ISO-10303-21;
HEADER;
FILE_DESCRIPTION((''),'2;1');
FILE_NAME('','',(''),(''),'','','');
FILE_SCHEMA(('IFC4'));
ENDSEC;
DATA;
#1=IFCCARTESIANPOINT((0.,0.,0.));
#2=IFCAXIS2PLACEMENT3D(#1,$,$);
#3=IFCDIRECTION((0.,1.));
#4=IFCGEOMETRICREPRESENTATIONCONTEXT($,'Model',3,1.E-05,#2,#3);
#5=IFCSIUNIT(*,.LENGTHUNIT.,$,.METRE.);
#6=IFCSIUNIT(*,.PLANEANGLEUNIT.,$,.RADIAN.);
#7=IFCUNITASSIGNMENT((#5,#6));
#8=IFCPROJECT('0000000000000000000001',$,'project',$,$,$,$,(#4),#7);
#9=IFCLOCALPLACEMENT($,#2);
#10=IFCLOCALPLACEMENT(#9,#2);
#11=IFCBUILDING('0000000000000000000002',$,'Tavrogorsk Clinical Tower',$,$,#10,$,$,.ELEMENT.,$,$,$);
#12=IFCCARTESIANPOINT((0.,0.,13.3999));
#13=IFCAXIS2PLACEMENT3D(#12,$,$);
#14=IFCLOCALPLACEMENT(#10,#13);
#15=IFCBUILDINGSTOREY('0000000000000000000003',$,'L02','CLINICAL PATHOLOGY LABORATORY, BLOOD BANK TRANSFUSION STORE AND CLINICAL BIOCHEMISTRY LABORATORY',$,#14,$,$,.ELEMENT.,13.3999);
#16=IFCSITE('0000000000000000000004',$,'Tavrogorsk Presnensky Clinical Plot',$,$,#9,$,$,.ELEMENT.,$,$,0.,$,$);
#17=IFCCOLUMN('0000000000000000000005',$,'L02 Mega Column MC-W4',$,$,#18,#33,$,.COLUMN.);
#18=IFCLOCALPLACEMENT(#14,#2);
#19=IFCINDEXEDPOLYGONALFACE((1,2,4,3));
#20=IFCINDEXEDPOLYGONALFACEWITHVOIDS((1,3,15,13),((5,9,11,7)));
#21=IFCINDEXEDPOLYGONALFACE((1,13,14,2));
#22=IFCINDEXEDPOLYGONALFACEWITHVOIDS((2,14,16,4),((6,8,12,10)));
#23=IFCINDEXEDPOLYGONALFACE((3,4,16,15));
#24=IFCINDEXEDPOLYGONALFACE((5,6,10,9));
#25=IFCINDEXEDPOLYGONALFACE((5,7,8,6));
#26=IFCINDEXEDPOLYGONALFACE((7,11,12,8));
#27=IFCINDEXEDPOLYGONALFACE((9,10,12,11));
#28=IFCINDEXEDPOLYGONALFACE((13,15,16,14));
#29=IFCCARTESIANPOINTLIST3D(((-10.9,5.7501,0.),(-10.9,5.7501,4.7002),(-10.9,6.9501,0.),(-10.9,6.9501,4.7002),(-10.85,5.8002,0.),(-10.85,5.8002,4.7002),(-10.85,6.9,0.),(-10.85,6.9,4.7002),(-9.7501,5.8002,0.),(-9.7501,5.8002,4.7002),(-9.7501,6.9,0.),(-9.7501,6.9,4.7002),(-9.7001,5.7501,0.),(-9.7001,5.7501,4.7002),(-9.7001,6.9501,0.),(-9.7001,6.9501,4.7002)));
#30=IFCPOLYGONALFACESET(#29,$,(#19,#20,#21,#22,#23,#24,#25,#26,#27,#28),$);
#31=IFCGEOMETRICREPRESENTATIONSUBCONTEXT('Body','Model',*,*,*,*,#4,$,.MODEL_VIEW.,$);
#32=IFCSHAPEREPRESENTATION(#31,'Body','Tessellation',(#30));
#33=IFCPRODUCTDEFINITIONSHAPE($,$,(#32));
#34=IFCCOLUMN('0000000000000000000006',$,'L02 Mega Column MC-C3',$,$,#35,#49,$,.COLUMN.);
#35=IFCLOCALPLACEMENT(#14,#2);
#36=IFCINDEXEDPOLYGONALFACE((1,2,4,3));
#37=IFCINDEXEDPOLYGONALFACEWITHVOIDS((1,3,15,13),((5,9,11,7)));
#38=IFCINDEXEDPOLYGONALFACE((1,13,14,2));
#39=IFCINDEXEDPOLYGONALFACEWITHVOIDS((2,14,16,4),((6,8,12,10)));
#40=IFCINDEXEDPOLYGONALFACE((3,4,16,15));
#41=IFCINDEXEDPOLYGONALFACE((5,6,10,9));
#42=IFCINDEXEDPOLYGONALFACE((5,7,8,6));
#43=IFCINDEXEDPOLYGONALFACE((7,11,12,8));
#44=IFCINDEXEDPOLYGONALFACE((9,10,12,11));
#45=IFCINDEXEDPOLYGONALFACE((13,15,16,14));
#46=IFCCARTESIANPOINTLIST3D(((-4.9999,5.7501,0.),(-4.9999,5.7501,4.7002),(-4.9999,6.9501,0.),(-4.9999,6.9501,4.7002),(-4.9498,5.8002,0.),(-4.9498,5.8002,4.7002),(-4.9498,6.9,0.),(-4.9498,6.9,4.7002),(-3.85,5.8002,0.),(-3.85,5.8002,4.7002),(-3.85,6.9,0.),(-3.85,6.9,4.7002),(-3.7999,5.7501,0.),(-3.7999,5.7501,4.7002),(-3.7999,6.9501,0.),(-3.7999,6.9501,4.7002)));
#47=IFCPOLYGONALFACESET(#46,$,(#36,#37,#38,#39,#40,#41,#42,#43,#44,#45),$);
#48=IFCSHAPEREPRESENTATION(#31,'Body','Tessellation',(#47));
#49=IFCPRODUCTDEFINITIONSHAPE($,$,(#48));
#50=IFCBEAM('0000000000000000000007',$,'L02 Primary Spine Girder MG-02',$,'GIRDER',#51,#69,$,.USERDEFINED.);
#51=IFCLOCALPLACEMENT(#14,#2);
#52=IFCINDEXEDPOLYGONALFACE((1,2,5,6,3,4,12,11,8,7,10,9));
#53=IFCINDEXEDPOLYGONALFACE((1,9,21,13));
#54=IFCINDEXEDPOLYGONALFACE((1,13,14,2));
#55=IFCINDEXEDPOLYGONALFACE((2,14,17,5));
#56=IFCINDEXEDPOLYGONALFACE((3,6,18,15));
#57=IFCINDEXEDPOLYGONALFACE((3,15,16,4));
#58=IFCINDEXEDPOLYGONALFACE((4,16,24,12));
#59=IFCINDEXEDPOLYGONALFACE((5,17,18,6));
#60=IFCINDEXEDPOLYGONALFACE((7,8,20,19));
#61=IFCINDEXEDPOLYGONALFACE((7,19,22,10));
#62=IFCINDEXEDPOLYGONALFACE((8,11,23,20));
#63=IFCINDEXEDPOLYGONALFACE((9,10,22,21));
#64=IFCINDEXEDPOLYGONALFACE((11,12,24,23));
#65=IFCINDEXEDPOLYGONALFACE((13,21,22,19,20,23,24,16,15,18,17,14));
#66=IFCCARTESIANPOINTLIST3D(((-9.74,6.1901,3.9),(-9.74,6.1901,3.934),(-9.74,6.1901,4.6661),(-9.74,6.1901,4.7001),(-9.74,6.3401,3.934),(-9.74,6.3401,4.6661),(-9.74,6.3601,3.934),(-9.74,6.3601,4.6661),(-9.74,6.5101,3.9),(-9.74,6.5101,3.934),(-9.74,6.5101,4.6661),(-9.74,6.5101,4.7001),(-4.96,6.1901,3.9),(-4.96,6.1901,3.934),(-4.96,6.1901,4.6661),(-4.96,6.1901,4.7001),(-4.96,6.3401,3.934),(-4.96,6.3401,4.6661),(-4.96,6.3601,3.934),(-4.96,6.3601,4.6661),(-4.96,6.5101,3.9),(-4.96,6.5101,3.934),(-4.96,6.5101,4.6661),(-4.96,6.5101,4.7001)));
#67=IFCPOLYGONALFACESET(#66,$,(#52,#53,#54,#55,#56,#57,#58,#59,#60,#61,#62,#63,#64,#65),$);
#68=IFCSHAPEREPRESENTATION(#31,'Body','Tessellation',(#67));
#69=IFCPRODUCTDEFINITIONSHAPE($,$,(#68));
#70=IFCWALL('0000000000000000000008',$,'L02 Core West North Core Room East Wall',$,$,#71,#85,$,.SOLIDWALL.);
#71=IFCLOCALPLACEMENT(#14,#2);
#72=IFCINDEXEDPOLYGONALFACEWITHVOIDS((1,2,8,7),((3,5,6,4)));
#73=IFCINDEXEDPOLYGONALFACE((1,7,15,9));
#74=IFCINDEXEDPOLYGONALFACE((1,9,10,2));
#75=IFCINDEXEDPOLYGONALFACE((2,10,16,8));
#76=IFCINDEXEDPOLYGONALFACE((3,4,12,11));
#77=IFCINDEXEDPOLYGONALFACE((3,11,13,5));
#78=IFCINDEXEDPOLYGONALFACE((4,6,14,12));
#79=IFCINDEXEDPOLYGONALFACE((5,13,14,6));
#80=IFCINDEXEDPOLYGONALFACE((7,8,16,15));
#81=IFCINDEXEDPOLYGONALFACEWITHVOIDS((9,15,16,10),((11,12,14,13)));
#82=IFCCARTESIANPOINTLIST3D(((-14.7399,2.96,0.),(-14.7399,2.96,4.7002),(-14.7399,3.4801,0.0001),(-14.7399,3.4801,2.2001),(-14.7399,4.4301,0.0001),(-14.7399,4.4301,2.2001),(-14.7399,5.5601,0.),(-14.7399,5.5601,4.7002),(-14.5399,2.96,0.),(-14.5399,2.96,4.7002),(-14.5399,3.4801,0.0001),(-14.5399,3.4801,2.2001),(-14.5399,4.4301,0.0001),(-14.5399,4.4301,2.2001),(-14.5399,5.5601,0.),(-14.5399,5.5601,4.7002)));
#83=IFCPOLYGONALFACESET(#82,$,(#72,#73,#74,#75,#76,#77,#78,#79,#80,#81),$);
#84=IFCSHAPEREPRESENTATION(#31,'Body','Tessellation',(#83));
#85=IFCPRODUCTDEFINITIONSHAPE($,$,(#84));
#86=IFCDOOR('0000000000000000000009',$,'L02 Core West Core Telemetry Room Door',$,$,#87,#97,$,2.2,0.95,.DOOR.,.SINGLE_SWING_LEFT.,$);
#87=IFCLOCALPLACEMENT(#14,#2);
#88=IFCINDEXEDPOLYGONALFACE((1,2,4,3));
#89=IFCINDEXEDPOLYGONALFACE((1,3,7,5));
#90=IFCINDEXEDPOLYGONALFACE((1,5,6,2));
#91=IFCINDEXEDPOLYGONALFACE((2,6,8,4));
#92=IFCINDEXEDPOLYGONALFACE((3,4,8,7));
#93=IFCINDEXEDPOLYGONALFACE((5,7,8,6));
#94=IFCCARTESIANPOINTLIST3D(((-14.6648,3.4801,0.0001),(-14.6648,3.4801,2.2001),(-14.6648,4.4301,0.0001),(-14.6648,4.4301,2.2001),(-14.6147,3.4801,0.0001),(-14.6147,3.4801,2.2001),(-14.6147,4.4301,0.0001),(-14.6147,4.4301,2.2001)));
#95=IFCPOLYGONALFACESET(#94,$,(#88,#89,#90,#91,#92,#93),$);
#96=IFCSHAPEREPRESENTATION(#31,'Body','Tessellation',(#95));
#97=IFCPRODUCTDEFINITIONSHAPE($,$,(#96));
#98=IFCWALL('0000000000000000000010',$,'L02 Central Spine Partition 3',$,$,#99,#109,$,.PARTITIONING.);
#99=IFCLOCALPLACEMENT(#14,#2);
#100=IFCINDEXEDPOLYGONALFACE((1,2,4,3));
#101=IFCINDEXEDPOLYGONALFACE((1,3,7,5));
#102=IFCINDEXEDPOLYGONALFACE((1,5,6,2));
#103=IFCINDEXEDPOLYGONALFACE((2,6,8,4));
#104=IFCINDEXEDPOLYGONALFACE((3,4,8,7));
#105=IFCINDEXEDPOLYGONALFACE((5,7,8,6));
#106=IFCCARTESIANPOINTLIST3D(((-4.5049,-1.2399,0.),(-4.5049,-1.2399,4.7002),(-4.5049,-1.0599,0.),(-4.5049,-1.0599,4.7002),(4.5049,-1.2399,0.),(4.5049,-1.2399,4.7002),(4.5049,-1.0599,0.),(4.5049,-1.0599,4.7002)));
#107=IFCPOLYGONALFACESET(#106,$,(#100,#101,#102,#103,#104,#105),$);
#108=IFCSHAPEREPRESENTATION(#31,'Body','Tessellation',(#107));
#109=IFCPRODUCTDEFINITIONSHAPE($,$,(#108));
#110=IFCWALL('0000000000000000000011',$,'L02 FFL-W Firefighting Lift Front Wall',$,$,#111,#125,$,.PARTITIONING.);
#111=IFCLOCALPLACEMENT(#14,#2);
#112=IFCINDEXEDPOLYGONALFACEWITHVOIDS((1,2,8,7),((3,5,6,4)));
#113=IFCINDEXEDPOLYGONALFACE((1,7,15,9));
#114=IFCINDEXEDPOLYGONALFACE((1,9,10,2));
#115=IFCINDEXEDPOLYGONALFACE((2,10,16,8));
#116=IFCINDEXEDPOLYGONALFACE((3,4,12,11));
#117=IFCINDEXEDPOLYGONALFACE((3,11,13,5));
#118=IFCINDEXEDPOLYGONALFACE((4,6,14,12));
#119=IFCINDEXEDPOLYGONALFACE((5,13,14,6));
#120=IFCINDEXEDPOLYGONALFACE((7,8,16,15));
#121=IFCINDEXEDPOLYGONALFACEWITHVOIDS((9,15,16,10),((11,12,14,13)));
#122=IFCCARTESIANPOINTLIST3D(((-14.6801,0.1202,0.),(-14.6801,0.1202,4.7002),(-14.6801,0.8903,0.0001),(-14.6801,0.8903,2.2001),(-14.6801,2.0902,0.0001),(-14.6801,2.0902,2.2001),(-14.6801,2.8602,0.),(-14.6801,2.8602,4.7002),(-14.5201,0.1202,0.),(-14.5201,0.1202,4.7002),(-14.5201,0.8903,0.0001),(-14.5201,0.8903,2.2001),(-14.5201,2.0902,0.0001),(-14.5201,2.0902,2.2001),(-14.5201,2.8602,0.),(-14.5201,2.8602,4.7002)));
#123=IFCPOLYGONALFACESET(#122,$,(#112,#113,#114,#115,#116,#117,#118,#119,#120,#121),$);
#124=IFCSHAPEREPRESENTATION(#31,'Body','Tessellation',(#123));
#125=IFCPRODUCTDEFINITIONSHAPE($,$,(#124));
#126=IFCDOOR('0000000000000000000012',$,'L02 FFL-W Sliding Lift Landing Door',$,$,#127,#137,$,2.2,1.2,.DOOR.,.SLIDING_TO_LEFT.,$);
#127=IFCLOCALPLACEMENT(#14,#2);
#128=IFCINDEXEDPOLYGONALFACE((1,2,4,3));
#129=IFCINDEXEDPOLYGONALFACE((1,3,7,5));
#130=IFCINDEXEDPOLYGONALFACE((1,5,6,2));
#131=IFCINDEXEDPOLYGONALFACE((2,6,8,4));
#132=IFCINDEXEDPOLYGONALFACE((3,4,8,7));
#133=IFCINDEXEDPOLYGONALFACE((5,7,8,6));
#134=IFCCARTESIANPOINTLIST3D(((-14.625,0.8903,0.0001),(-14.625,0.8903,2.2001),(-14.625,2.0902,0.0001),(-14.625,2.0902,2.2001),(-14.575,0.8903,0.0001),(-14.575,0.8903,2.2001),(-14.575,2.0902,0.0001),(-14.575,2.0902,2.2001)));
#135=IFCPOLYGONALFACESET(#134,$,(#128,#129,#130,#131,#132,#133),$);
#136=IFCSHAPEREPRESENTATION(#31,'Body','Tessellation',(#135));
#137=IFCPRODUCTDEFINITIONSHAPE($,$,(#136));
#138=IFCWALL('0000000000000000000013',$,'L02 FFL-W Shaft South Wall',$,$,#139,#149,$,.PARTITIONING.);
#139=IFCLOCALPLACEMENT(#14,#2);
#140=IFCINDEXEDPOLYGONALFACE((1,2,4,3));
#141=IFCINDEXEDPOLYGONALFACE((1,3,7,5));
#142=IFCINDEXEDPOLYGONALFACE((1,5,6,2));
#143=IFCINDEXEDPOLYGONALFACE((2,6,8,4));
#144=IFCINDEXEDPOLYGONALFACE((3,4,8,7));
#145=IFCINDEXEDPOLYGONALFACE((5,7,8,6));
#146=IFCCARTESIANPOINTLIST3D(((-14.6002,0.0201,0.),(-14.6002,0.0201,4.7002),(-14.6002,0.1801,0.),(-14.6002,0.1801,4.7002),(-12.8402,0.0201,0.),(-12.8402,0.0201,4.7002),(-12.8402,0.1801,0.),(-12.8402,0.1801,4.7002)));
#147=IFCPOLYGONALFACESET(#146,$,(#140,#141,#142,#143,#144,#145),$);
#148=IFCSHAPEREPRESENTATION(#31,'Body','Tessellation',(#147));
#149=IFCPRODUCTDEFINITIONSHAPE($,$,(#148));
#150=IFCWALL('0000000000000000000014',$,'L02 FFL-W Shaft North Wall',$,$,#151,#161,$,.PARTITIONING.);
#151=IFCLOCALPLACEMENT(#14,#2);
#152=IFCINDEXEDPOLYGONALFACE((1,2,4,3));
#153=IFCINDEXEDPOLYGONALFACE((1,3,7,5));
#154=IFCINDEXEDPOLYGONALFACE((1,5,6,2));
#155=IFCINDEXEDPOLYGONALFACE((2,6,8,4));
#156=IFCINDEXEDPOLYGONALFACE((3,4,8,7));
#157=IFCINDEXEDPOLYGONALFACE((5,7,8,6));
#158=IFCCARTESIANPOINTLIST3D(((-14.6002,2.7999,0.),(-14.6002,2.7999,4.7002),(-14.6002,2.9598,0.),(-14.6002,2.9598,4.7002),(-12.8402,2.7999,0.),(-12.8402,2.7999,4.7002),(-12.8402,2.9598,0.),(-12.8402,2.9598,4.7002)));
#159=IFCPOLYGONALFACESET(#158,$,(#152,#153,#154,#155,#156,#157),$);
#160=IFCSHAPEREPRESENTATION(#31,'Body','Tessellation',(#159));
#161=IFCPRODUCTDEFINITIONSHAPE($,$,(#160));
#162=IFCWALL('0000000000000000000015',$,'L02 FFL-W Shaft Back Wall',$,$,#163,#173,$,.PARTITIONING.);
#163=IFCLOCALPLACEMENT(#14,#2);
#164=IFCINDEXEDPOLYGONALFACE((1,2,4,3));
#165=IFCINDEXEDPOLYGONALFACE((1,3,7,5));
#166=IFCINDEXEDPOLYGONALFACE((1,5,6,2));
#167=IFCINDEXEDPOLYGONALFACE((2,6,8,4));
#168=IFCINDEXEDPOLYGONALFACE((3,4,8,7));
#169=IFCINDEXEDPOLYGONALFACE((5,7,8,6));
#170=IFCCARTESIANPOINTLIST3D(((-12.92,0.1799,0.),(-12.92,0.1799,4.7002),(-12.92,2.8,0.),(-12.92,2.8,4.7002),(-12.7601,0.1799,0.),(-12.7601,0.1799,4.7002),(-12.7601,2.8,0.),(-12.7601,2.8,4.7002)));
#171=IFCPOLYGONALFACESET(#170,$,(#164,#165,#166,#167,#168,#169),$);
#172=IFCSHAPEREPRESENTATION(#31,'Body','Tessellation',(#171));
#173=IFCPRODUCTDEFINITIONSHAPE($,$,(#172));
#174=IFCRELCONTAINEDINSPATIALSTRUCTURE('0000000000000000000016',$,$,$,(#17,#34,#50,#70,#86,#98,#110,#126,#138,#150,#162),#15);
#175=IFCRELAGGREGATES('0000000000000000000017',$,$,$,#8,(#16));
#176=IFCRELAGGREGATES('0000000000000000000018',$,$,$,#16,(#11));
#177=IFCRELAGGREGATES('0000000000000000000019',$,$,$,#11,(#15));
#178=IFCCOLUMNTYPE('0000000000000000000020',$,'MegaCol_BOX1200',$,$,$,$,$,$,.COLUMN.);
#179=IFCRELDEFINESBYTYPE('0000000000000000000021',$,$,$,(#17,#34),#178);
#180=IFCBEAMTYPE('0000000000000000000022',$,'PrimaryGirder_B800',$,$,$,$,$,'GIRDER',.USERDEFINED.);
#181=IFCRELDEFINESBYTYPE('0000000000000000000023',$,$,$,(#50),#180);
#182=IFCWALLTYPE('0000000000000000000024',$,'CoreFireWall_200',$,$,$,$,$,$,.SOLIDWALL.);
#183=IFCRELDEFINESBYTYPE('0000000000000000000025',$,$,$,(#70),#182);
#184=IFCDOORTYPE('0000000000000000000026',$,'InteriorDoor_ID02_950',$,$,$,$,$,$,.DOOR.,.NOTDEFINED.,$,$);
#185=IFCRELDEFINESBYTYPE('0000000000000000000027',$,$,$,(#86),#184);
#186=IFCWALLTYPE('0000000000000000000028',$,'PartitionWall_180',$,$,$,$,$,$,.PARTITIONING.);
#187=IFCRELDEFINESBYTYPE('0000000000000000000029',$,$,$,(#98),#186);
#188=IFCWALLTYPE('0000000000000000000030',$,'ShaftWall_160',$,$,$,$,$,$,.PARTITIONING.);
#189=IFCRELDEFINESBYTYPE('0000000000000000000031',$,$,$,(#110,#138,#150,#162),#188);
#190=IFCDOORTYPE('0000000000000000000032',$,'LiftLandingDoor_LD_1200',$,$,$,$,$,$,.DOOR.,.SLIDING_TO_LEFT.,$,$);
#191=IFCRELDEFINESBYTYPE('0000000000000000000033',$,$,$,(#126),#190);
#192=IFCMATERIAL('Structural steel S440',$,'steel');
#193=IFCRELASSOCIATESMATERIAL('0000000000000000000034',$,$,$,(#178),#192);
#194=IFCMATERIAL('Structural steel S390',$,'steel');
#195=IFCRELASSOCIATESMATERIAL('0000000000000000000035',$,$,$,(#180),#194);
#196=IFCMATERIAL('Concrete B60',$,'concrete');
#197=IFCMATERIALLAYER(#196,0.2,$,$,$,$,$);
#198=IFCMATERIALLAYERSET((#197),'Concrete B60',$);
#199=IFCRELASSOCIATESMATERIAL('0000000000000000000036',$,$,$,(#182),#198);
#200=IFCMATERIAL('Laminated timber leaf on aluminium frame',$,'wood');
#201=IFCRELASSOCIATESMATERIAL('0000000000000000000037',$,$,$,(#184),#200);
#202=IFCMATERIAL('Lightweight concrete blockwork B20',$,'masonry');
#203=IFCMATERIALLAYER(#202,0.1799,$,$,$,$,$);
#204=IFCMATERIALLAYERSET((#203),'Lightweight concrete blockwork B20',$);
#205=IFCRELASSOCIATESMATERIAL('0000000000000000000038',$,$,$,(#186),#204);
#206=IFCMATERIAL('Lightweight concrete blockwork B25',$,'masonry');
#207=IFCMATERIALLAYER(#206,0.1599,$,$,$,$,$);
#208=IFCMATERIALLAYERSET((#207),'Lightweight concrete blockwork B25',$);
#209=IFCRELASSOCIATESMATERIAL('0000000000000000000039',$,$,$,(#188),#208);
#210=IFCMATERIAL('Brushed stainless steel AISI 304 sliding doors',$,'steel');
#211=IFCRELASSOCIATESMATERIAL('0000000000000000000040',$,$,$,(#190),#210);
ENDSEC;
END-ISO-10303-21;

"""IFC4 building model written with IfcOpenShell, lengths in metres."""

from ifc_helpers import new_model, si_unit, direction, frame, frame_2d, origin, origin_2d, place, context, subcontext, project, spatial, rectangle, hollow_rectangle, i_section, extrude, material, layer, layer_set, material_profile, profile_set, type_object, element, fill, save


model = new_model("IFC4")

# Units and contexts
model_context = context("Model", 3, precision=1e-05, world=origin(), true_north=direction((0.0, 1.0)))
body_context = subcontext(model_context, "Body", "Model", "MODEL_VIEW")
ifc_project = project(units=[si_unit("LENGTHUNIT", "METRE"), si_unit("PLANEANGLEUNIT", "RADIAN")], contexts=[model_context])

# Site, building, storey
site_placement = place(None, origin())
site = spatial("IfcSite", under=ifc_project, at=site_placement, Name="Tavrogorsk Presnensky Clinical Plot", CompositionType="ELEMENT", RefElevation=0.0)
building_placement = place(site_placement, origin())
building = spatial("IfcBuilding", under=site, at=building_placement, Name="Tavrogorsk Clinical Tower", CompositionType="ELEMENT")
storey_placement = place(building_placement, frame((0.0, 0.0, 13.3999)))
storey = spatial("IfcBuildingStorey", under=building, at=storey_placement, Name="L02", Description="CLINICAL PATHOLOGY LABORATORY, BLOOD BANK TRANSFUSION STORE AND CLINICAL BIOCHEMISTRY LABORATORY", CompositionType="ELEMENT", Elevation=13.3999)

# Columns
ifc_material_1 = material(Name="Structural steel S440", Category="steel")
ifc_material_profile_1 = material_profile(ifc_material_1, hollow_rectangle(XDim=1.2, YDim=1.2, WallThickness=0.05, at=origin_2d()), Name="BOX-1200x1200x50")
ifc_profile_set_1 = profile_set([ifc_material_profile_1], Name="Structural steel S440")
column_type = type_object("IfcColumnType", Name="MegaCol_BOX1200", PredefinedType="COLUMN", material=ifc_profile_set_1)
for number, where, z_axis, x_axis, name in (
    (1, (-10.3, 6.3501, 0.0), (0.0, 0.0, 1.0), (1.0, 0.0, 0.0), "L02 Mega Column MC-W4"),
    (2, (-4.3999, 6.3501, 0.0), (0.0, 0.0, 1.0), (1.0, 0.0, 0.0), "L02 Mega Column MC-C3"),
):
    element("IfcColumn", number, at=place(storey_placement, frame(where, z_axis=z_axis, x_axis=x_axis)), inside=storey, type_object=column_type, Name=name, PredefinedType="COLUMN", context=body_context, shape_type="SweptSolid", body=[
        extrude(hollow_rectangle(XDim=1.2, YDim=1.2, WallThickness=0.05, at=origin_2d()), origin(), (0.0, 0.0, 1.0), 4.7002),
    ])

# Beam
ifc_material_2 = material(Name="Structural steel S390", Category="steel")
ifc_material_profile_2 = material_profile(ifc_material_2, i_section(OverallWidth=0.3201, OverallDepth=0.8, WebThickness=0.02, FlangeThickness=0.0339, at=origin_2d()), Name="B-800x320x20x34")
ifc_profile_set_2 = profile_set([ifc_material_profile_2], Name="Structural steel S390")
beam_type = type_object("IfcBeamType", Name="PrimaryGirder_B800", ElementType="GIRDER", PredefinedType="USERDEFINED", material=ifc_profile_set_2)
beam_placement = place(storey_placement, frame((-9.74, 6.3501, 4.3), z_axis=(1.0, 0.0, 0.0), x_axis=(0.0, 1.0, 0.0)))
element("IfcBeam", 3, at=beam_placement, inside=storey, type_object=beam_type, Name="L02 Primary Spine Girder MG-02", ObjectType="GIRDER", PredefinedType="USERDEFINED", context=body_context, shape_type="SweptSolid", body=[
    extrude(i_section(OverallWidth=0.3201, OverallDepth=0.8, WebThickness=0.02, FlangeThickness=0.0339, at=origin_2d()), origin(), (0.0, 0.0, 1.0), 4.78),
])

# Wall, opening, door
ifc_material_3 = material(Name="Concrete B60", Category="concrete")
ifc_layer_1 = layer(ifc_material_3, 0.2)
ifc_layer_set_1 = layer_set([ifc_layer_1], Name="Concrete B60")
wall_type_1 = type_object("IfcWallType", Name="CoreFireWall_200", PredefinedType="SOLIDWALL", material=ifc_layer_set_1)
wall_1_placement = place(storey_placement, frame((-14.6399, 2.96, 0.0), z_axis=(0.0, 0.0, 1.0), x_axis=(0.0, 1.0, 0.0)))
wall_1 = element("IfcWall", 4, at=wall_1_placement, inside=storey, type_object=wall_type_1, Name="L02 Core West North Core Room East Wall", PredefinedType="SOLIDWALL", context=body_context, shape_type="SweptSolid", body=[
    extrude(rectangle(XDim=2.6001, YDim=0.2, at=frame_2d((1.3, 0.0))), origin(), (0.0, 0.0, 1.0), 4.7002),
])
opening_1_placement = place(wall_1_placement, frame((0.52, 0.0, 0.0)))
opening_1 = element("IfcOpeningElement", 5, at=opening_1_placement, cuts=wall_1, PredefinedType="OPENING", context=body_context, shape_type="SweptSolid", body=[
    extrude(rectangle(XDim=0.95, YDim=2.2, at=frame_2d((0.4751, 1.1001))), frame((0.0, 0.1099, 0.0), z_axis=(0.0, -1.0, 0.0), x_axis=(1.0, 0.0, 0.0)), (0.0, 0.0, 1.0), 0.22),
])
ifc_material_4 = material(Name="Laminated timber leaf on aluminium frame", Category="wood")
door_type_1 = type_object("IfcDoorType", Name="InteriorDoor_ID02_950", OperationType="NOTDEFINED", PredefinedType="DOOR", material=ifc_material_4)
door_1_placement = place(opening_1_placement, origin())
door_1 = element("IfcDoor", 6, at=door_1_placement, inside=storey, type_object=door_type_1, Name="L02 Core West Core Telemetry Room Door", OperationType="SINGLE_SWING_LEFT", OverallHeight=2.2, OverallWidth=0.95, PredefinedType="DOOR", context=body_context, shape_type="SweptSolid", body=[
    extrude(rectangle(XDim=0.95, YDim=2.2, at=frame_2d((0.4751, 1.1001))), frame((0.0, 0.0249, 0.0), z_axis=(0.0, -1.0, 0.0), x_axis=(1.0, 0.0, 0.0)), (0.0, 0.0, 1.0), 0.05),
])
fill(opening_1, door_1)

# Wall
ifc_material_5 = material(Name="Lightweight concrete blockwork B20", Category="masonry")
ifc_layer_2 = layer(ifc_material_5, 0.1799)
ifc_layer_set_2 = layer_set([ifc_layer_2], Name="Lightweight concrete blockwork B20")
wall_type_2 = type_object("IfcWallType", Name="PartitionWall_180", PredefinedType="PARTITIONING", material=ifc_layer_set_2)
wall_2_placement = place(storey_placement, frame((-4.5049, -1.1499, 0.0), z_axis=(0.0, 0.0, 1.0), x_axis=(1.0, 0.0, 0.0)))
element("IfcWall", 7, at=wall_2_placement, inside=storey, type_object=wall_type_2, Name="L02 Central Spine Partition 3", PredefinedType="PARTITIONING", context=body_context, shape_type="SweptSolid", body=[
    extrude(rectangle(XDim=9.0098, YDim=0.1799, at=frame_2d((4.5049, 0.0))), origin(), (0.0, 0.0, 1.0), 4.7002),
])

# Wall, opening, door
ifc_material_6 = material(Name="Lightweight concrete blockwork B25", Category="masonry")
ifc_layer_3 = layer(ifc_material_6, 0.1599)
ifc_layer_set_3 = layer_set([ifc_layer_3], Name="Lightweight concrete blockwork B25")
wall_type_3 = type_object("IfcWallType", Name="ShaftWall_160", PredefinedType="PARTITIONING", material=ifc_layer_set_3)
wall_3_placement = place(storey_placement, frame((-14.6001, 0.1201, 0.0), z_axis=(0.0, 0.0, 1.0), x_axis=(0.0, 1.0, 0.0)))
wall_3 = element("IfcWall", 8, at=wall_3_placement, inside=storey, type_object=wall_type_3, Name="L02 FFL-W Firefighting Lift Front Wall", PredefinedType="PARTITIONING", context=body_context, shape_type="SweptSolid", body=[
    extrude(rectangle(XDim=2.74, YDim=0.1599, at=frame_2d((1.3701, 0.0))), origin(), (0.0, 0.0, 1.0), 4.7002),
])
opening_2_placement = place(wall_3_placement, frame((0.77, 0.0, 0.0)))
opening_2 = element("IfcOpeningElement", 9, at=opening_2_placement, cuts=wall_3, PredefinedType="OPENING", context=body_context, shape_type="SweptSolid", body=[
    extrude(rectangle(XDim=1.2, YDim=2.2, at=frame_2d((0.6001, 1.1001))), frame((0.0, 0.0898, 0.0), z_axis=(0.0, -1.0, 0.0), x_axis=(1.0, 0.0, 0.0)), (0.0, 0.0, 1.0), 0.1799),
])
ifc_material_7 = material(Name="Brushed stainless steel AISI 304 sliding doors", Category="steel")
door_type_2 = type_object("IfcDoorType", Name="LiftLandingDoor_LD_1200", OperationType="SLIDING_TO_LEFT", PredefinedType="DOOR", material=ifc_material_7)
door_2_placement = place(opening_2_placement, origin())
door_2 = element("IfcDoor", 10, at=door_2_placement, inside=storey, type_object=door_type_2, Name="L02 FFL-W Sliding Lift Landing Door", OperationType="SLIDING_TO_LEFT", OverallHeight=2.2, OverallWidth=1.2, PredefinedType="DOOR", context=body_context, shape_type="SweptSolid", body=[
    extrude(rectangle(XDim=1.2, YDim=2.2, at=frame_2d((0.6001, 1.1001))), frame((0.0, 0.0249, 0.0), z_axis=(0.0, -1.0, 0.0), x_axis=(1.0, 0.0, 0.0)), (0.0, 0.0, 1.0), 0.05),
])
fill(opening_2, door_2)

# Walls
for number, where, z_axis, x_axis, name in (
    (11, (-14.6001, 0.1001, 0.0), (0.0, 0.0, 1.0), (1.0, 0.0, 0.0), "L02 FFL-W Shaft South Wall"),
    (12, (-14.6001, 2.8799, 0.0), (0.0, 0.0, 1.0), (1.0, 0.0, 0.0), "L02 FFL-W Shaft North Wall"),
):
    element("IfcWall", number, at=place(storey_placement, frame(where, z_axis=z_axis, x_axis=x_axis)), inside=storey, type_object=wall_type_3, Name=name, PredefinedType="PARTITIONING", context=body_context, shape_type="SweptSolid", body=[
        extrude(rectangle(XDim=1.76, YDim=0.1599, at=frame_2d((0.8799, 0.0))), origin(), (0.0, 0.0, 1.0), 4.7002),
    ])
wall_4_placement = place(storey_placement, frame((-12.8401, 0.1799, 0.0), z_axis=(0.0, 0.0, 1.0), x_axis=(0.0, 1.0, 0.0)))
element("IfcWall", 13, at=wall_4_placement, inside=storey, type_object=wall_type_3, Name="L02 FFL-W Shaft Back Wall", PredefinedType="PARTITIONING", context=body_context, shape_type="SweptSolid", body=[
    extrude(rectangle(XDim=2.6201, YDim=0.1599, at=frame_2d((1.3101, 0.0))), origin(), (0.0, 0.0, 1.0), 4.7002),
])

save(model, "model.ifc")
